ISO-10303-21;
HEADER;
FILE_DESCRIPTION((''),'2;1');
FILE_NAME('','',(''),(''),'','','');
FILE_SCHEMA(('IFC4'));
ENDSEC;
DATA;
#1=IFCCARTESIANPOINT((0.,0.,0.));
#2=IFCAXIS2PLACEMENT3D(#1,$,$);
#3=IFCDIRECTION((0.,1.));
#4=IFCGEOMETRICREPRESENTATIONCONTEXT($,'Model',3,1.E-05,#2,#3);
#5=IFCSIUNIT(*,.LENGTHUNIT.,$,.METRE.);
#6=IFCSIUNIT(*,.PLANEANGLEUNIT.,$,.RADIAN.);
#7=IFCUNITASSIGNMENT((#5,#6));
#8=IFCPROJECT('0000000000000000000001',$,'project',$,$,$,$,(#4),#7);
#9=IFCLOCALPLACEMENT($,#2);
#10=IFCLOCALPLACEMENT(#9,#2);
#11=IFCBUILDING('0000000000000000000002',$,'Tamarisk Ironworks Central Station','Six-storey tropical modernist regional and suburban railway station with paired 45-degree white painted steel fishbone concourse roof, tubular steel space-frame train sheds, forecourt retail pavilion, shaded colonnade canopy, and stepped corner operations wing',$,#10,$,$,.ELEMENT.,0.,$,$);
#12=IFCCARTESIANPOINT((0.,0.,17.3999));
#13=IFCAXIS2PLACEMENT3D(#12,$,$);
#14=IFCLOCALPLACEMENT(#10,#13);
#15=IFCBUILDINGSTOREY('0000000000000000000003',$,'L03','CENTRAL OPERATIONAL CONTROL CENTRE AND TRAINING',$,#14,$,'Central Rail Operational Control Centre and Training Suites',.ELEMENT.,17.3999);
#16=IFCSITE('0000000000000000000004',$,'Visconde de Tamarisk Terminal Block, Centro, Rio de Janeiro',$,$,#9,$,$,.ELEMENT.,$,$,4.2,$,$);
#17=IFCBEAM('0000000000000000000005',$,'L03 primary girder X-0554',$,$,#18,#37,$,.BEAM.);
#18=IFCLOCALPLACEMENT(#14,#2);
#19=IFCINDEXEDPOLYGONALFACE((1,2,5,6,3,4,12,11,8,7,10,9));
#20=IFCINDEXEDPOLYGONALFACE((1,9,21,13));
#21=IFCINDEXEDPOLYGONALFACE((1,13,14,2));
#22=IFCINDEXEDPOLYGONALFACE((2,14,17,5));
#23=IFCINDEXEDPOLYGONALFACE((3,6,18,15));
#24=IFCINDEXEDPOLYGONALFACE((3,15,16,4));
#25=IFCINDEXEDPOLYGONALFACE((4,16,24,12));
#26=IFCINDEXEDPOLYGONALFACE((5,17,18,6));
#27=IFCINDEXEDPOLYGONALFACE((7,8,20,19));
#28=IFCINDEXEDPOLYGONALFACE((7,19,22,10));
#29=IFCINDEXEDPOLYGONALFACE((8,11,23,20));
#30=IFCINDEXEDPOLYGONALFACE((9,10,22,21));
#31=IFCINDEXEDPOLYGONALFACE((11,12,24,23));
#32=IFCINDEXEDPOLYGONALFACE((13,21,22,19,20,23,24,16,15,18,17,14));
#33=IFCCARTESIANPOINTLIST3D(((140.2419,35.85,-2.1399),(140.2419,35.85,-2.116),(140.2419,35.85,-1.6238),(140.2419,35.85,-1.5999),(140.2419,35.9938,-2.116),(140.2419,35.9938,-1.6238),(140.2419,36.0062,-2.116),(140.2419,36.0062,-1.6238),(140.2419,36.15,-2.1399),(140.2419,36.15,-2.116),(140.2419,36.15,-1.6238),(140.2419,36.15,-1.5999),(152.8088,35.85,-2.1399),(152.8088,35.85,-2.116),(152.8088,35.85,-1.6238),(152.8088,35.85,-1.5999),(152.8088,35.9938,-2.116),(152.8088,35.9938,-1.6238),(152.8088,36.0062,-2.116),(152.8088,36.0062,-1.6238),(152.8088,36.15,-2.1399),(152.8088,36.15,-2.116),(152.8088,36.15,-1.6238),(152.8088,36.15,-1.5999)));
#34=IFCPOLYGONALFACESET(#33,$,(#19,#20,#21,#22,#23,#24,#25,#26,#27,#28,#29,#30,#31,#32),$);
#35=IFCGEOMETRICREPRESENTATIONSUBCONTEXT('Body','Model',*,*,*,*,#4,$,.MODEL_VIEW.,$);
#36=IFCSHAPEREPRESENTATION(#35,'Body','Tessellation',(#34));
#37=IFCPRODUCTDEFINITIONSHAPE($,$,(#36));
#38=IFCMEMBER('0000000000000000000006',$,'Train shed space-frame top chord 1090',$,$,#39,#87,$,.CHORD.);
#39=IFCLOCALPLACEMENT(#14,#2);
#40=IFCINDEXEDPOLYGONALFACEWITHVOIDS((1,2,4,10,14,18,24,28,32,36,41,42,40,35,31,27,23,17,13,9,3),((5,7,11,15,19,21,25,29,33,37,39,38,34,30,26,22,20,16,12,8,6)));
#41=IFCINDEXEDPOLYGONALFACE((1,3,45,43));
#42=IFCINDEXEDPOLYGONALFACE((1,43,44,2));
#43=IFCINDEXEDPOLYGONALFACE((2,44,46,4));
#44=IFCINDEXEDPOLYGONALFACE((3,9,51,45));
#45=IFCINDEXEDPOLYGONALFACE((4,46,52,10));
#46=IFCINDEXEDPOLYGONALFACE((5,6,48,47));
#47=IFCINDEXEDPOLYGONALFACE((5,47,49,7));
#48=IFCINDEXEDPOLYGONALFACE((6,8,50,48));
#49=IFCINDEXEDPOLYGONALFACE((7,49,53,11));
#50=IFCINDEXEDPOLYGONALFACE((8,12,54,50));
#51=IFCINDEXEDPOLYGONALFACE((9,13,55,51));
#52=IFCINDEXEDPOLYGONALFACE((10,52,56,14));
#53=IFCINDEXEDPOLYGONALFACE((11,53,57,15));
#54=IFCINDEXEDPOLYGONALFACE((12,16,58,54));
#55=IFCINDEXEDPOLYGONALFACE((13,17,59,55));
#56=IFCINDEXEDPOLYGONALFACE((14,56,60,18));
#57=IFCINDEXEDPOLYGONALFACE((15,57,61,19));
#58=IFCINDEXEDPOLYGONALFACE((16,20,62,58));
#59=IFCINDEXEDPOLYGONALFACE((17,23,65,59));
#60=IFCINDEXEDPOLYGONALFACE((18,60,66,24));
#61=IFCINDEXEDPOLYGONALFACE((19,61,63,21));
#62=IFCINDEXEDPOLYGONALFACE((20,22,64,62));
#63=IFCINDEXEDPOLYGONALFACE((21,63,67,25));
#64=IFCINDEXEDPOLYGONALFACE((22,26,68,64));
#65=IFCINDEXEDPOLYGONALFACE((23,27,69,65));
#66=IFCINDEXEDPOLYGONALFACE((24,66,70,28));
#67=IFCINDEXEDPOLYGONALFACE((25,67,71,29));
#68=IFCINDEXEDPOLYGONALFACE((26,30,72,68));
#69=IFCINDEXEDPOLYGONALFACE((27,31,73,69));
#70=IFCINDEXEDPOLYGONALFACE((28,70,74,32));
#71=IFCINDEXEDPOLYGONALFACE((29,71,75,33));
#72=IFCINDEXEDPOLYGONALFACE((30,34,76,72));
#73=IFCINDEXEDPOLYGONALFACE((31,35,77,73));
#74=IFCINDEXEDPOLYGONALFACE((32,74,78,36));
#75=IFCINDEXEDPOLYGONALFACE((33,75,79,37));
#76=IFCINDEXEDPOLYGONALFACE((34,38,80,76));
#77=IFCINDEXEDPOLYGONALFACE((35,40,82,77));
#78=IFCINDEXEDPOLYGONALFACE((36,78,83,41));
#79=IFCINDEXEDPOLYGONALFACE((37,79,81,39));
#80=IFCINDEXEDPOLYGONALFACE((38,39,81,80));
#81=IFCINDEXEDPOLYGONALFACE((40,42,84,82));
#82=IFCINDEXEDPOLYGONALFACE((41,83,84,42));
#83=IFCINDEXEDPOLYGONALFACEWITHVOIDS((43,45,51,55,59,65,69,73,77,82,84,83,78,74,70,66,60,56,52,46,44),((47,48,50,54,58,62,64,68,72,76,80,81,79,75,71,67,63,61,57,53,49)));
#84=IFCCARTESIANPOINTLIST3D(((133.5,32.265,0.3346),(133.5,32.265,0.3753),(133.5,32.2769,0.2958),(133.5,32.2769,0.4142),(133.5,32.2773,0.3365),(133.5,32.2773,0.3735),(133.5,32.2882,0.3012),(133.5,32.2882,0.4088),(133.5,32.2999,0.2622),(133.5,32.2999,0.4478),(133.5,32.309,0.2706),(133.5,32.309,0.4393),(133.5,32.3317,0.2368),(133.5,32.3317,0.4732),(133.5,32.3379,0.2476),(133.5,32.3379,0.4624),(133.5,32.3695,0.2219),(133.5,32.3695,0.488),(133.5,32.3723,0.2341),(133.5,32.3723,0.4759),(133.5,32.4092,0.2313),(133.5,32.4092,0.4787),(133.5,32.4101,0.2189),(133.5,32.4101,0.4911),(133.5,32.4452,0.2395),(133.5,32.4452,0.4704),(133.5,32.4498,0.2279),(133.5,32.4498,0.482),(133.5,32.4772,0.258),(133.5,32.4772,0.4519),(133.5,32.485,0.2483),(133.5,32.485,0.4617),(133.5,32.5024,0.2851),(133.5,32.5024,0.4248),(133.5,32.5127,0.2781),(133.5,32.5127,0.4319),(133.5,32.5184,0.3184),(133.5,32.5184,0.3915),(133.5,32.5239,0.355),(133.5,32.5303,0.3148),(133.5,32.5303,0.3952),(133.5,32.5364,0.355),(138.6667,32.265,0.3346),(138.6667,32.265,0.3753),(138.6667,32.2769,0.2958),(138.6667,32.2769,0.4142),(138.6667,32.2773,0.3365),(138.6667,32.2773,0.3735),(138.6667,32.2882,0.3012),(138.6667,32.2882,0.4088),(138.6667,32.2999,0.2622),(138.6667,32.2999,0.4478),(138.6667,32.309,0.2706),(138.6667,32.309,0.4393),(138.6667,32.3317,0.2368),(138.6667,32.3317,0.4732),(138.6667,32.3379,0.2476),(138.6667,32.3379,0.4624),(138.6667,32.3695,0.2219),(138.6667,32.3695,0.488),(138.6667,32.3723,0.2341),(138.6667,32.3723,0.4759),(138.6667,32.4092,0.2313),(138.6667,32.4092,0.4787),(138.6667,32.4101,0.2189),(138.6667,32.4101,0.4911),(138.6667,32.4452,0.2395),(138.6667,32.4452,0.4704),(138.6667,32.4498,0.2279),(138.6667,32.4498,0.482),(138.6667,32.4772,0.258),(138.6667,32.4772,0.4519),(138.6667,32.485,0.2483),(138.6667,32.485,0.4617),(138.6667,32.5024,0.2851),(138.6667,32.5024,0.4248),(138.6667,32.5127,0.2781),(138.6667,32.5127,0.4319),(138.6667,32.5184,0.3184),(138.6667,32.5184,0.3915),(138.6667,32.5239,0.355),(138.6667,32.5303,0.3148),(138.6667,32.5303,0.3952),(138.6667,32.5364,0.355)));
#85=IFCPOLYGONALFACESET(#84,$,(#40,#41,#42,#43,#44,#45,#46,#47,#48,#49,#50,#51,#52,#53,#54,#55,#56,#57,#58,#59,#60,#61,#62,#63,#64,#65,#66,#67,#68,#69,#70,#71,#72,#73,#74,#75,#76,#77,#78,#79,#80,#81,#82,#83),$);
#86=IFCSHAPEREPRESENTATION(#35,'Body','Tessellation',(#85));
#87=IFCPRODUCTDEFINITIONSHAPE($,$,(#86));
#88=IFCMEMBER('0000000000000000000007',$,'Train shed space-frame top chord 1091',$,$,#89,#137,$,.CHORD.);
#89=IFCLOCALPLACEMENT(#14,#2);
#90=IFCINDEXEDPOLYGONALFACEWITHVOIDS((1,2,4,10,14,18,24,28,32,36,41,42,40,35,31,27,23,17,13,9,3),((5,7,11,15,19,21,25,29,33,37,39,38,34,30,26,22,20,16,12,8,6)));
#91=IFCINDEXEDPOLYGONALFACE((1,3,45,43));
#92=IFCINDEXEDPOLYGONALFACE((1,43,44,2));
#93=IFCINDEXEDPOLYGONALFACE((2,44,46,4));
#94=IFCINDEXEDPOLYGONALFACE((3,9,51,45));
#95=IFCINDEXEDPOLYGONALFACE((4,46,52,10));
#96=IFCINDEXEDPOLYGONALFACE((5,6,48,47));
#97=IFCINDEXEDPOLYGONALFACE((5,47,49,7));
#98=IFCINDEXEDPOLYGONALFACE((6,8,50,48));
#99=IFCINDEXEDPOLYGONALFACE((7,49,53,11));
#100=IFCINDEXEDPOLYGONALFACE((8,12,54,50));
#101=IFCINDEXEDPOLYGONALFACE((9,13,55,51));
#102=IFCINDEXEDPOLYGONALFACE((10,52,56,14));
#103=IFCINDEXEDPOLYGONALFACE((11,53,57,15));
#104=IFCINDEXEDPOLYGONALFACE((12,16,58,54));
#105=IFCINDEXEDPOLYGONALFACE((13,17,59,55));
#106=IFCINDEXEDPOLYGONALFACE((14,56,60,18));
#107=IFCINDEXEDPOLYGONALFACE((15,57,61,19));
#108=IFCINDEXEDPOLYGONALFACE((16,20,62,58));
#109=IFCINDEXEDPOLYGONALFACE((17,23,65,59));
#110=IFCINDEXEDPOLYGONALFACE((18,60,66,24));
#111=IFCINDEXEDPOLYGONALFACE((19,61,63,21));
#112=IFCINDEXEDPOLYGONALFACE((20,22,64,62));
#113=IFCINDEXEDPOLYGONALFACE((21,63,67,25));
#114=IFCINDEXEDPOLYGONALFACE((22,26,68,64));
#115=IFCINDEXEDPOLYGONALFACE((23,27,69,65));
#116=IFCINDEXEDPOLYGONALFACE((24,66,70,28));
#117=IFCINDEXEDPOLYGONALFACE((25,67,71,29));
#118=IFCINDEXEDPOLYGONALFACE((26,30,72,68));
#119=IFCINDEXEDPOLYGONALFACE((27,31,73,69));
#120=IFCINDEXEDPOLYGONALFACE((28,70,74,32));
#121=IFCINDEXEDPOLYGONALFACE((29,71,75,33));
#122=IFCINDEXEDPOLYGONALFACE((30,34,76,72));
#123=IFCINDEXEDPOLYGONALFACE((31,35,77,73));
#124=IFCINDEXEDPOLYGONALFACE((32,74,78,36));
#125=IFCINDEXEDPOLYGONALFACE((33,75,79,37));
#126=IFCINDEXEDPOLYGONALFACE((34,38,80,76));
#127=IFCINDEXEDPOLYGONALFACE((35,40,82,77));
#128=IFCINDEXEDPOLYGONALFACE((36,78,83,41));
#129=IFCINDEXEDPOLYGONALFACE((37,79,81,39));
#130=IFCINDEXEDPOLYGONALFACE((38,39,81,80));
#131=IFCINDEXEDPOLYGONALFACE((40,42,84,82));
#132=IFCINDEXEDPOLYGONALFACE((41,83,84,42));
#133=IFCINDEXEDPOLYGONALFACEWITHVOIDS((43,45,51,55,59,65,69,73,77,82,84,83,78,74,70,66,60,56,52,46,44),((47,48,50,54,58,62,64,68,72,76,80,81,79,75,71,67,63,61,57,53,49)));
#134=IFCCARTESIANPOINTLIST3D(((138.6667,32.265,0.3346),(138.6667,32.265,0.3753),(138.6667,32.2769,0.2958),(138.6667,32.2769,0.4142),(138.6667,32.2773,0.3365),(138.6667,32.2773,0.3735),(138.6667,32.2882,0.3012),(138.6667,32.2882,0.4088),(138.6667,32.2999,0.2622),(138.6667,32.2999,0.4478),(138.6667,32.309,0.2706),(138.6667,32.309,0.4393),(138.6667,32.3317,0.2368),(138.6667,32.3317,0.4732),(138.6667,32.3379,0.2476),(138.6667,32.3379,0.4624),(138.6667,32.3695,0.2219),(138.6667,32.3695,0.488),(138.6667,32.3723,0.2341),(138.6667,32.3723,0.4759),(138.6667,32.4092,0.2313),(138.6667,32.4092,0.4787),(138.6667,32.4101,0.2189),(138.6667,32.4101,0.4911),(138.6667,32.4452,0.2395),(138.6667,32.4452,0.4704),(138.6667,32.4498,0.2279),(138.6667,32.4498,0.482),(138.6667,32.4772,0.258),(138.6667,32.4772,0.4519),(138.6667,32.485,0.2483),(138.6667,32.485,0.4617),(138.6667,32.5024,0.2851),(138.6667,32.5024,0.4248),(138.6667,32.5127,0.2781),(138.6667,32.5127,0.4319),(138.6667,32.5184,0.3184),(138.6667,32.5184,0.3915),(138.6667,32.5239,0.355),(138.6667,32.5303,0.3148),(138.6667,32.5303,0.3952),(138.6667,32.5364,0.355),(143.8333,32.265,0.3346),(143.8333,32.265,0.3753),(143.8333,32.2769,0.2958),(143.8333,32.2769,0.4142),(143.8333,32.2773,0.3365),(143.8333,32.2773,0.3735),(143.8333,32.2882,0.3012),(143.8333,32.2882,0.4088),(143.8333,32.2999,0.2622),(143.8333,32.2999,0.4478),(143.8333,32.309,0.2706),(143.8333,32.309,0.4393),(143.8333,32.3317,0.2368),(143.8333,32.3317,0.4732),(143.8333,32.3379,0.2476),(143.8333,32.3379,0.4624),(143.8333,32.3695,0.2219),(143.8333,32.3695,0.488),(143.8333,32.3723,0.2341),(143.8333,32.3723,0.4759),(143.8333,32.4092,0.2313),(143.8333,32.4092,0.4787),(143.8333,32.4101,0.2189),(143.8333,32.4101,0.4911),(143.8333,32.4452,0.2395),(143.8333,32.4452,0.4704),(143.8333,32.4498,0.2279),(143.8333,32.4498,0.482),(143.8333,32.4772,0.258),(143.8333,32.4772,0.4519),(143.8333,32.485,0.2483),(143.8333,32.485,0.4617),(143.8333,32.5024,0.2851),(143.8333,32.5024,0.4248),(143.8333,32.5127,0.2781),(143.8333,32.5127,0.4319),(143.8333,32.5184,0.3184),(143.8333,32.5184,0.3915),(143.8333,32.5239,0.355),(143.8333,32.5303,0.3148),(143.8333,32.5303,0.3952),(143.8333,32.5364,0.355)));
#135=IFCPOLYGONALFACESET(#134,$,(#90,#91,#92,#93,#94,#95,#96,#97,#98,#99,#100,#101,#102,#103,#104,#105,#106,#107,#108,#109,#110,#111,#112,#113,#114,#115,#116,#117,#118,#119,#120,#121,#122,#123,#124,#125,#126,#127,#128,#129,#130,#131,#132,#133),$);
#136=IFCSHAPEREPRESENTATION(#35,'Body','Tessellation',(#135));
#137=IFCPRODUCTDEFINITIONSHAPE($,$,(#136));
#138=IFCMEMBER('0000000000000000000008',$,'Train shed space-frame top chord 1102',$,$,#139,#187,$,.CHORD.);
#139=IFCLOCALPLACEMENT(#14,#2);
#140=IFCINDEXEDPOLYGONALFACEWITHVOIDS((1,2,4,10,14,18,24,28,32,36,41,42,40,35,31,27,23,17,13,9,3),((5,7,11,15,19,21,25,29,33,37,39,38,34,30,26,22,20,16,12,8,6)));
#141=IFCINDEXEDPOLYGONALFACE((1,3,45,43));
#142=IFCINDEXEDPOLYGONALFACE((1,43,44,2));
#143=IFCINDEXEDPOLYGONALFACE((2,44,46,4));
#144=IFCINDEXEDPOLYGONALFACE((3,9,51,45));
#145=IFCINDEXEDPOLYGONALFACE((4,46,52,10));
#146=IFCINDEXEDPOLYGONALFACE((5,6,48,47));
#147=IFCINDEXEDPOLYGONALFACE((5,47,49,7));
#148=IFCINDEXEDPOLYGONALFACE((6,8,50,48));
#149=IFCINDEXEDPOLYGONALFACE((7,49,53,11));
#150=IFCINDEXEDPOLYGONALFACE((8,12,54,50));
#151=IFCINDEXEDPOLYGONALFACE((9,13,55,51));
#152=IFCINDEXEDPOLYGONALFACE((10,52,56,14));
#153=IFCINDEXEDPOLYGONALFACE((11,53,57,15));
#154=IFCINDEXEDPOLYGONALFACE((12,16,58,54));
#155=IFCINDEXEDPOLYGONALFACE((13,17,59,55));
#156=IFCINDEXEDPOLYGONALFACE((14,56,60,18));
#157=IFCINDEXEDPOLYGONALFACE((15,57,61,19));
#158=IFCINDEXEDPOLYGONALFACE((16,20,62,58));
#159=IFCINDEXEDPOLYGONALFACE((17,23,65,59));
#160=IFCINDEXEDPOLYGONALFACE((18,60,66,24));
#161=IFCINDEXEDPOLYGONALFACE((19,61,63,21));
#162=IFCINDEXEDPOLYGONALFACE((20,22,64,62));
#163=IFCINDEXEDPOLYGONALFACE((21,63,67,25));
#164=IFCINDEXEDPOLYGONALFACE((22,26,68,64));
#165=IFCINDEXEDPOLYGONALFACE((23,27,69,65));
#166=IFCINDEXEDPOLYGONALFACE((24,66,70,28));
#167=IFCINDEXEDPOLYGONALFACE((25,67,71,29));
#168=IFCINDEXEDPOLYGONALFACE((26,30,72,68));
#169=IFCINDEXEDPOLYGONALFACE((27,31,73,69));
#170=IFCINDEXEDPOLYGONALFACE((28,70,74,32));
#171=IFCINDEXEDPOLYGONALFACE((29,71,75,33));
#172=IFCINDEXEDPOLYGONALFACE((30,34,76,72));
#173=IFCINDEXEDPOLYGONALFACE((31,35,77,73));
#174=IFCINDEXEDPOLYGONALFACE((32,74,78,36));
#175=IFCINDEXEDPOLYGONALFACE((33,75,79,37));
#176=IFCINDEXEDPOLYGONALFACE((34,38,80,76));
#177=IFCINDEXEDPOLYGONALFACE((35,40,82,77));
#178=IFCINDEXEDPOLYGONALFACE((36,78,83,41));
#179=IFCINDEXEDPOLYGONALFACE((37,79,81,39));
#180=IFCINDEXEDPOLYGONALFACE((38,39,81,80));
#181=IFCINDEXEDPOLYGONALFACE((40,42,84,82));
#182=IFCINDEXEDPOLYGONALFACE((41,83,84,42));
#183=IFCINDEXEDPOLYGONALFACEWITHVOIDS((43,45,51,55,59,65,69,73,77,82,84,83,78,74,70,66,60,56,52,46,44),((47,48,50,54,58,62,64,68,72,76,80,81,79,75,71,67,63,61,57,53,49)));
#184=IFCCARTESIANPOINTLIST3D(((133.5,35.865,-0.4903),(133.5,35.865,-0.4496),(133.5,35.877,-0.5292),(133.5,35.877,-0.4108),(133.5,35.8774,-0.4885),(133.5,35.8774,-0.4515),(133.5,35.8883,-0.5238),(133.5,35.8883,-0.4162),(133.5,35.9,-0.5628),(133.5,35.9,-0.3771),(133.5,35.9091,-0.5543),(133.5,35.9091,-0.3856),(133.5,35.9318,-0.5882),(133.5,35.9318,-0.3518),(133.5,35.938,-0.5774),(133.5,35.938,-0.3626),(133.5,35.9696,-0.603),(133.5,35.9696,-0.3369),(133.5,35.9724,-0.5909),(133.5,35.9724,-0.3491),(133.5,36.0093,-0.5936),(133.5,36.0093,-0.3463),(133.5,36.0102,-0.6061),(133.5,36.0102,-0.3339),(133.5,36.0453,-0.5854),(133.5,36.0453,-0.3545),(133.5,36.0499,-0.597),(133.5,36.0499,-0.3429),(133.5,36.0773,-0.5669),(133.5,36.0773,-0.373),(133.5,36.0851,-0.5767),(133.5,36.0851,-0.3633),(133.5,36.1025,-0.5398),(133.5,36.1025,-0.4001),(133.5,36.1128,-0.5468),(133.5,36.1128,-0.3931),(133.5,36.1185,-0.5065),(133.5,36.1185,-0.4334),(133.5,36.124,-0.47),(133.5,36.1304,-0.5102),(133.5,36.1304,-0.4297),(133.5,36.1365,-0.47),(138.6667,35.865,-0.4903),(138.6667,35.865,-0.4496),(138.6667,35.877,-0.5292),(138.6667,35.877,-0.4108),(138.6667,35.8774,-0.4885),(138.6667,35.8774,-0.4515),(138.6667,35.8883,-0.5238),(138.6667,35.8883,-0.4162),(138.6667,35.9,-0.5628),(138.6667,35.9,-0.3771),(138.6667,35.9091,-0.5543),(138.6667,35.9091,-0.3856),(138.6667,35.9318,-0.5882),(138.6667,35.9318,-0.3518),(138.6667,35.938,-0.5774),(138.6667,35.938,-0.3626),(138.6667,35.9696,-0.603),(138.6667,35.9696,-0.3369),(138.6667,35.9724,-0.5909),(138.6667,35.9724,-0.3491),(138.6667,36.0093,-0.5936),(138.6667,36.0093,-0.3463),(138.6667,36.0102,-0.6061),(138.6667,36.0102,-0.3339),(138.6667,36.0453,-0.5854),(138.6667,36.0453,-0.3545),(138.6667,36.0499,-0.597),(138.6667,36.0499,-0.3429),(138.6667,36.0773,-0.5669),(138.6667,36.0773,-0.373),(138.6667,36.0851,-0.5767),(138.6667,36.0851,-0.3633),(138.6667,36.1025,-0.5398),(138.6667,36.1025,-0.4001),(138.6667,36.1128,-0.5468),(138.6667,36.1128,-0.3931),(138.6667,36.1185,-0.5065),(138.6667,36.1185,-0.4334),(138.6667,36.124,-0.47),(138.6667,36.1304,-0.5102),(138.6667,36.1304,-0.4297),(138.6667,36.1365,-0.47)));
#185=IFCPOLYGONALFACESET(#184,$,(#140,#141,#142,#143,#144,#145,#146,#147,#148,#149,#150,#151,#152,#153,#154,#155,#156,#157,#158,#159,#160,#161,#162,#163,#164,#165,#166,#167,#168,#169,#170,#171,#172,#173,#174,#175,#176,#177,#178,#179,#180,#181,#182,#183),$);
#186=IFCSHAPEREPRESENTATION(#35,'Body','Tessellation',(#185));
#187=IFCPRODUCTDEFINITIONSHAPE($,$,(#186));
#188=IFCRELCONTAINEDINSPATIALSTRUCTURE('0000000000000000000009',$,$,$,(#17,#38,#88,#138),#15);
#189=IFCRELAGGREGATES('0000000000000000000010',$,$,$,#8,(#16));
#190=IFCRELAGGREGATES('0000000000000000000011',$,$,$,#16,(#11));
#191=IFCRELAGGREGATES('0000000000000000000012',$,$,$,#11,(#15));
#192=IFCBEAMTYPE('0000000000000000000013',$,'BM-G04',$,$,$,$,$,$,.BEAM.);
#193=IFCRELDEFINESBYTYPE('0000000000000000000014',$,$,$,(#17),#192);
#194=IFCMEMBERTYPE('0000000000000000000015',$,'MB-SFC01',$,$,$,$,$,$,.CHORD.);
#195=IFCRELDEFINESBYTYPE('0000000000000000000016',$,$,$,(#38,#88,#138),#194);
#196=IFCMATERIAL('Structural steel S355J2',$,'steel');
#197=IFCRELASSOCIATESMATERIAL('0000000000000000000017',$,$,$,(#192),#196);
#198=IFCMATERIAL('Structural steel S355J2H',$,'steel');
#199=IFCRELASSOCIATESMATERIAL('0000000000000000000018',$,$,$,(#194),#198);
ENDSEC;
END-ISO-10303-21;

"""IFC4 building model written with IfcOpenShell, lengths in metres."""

from ifc_helpers import new_model, si_unit, direction, frame, origin, origin_2d, place, context, subcontext, project, spatial, hollow_circle, i_section, extrude, material, material_profile, profile_set, type_object, element, save


model = new_model("IFC4")

# Units and contexts
model_context = context("Model", 3, precision=1e-05, world=origin(), true_north=direction((0.0, 1.0)))
body_context = subcontext(model_context, "Body", "Model", "MODEL_VIEW")
ifc_project = project(units=[si_unit("LENGTHUNIT", "METRE"), si_unit("PLANEANGLEUNIT", "RADIAN")], contexts=[model_context])

# Site, building, storey
site_placement = place(None, origin())
site = spatial("IfcSite", under=ifc_project, at=site_placement, Name="Visconde de Tamarisk Terminal Block, Centro, Rio de Janeiro", CompositionType="ELEMENT", RefElevation=4.2)
building_placement = place(site_placement, origin())
building = spatial("IfcBuilding", under=site, at=building_placement, Name="Tamarisk Ironworks Central Station", Description="Six-storey tropical modernist regional and suburban railway station with paired 45-degree white painted steel fishbone concourse roof, tubular steel space-frame train sheds, forecourt retail pavilion, shaded colonnade canopy, and stepped corner operations wing", CompositionType="ELEMENT", ElevationOfRefHeight=0.0)
storey_placement = place(building_placement, frame((0.0, 0.0, 17.3999)))
storey = spatial("IfcBuildingStorey", under=building, at=storey_placement, Name="L03", Description="CENTRAL OPERATIONAL CONTROL CENTRE AND TRAINING", LongName="Central Rail Operational Control Centre and Training Suites", CompositionType="ELEMENT", Elevation=17.3999)

# Beam
ifc_material_1 = material(Name="Structural steel S355J2", Category="steel")
ifc_material_profile_1 = material_profile(ifc_material_1, i_section(OverallWidth=0.3, OverallDepth=0.54, WebThickness=0.0125, FlangeThickness=0.0239, at=origin_2d()), Name="HEA 550")
ifc_profile_set_1 = profile_set([ifc_material_profile_1], Name="Structural steel S355J2")
beam_type = type_object("IfcBeamType", Name="BM-G04", PredefinedType="BEAM", material=ifc_profile_set_1)
beam_placement = place(storey_placement, frame((140.2419, 36.0, -1.8699), z_axis=(1.0, 0.0, 0.0), x_axis=(0.0, 1.0, 0.0)))
element("IfcBeam", 1, at=beam_placement, inside=storey, type_object=beam_type, Name="L03 primary girder X-0554", PredefinedType="BEAM", context=body_context, shape_type="SweptSolid", body=[
    extrude(i_section(OverallWidth=0.3, OverallDepth=0.54, WebThickness=0.0125, FlangeThickness=0.0239, at=origin_2d()), origin(), (0.0, 0.0, 1.0), 12.5669),
])

# Members
ifc_material_2 = material(Name="Structural steel S355J2H", Category="steel")
ifc_material_profile_2 = material_profile(ifc_material_2, hollow_circle(Radius=0.1365, WallThickness=0.0125, at=origin_2d()), Name="CHS 273x12.5")
ifc_profile_set_2 = profile_set([ifc_material_profile_2], Name="Structural steel S355J2H")
member_type_1 = type_object("IfcMemberType", Name="MB-SFC01", PredefinedType="CHORD", material=ifc_profile_set_2)
member_1_placement = place(storey_placement, frame((133.5, 32.3999, 0.355), z_axis=(1.0, 0.0, 0.0), x_axis=(0.0, 1.0, 0.0)))
element("IfcMember", 2, at=member_1_placement, inside=storey, type_object=member_type_1, Name="Train shed space-frame top chord 1090", PredefinedType="CHORD", context=body_context, shape_type="SweptSolid", body=[
    extrude(hollow_circle(Radius=0.1365, WallThickness=0.0125, at=origin_2d()), origin(), (0.0, 0.0, 1.0), 5.1667),
])
member_2_placement = place(storey_placement, frame((138.6667, 32.3999, 0.355), z_axis=(1.0, 0.0, 0.0), x_axis=(0.0, 1.0, 0.0)))
element("IfcMember", 3, at=member_2_placement, inside=storey, type_object=member_type_1, Name="Train shed space-frame top chord 1091", PredefinedType="CHORD", context=body_context, shape_type="SweptSolid", body=[
    extrude(hollow_circle(Radius=0.1365, WallThickness=0.0125, at=origin_2d()), origin(), (0.0, 0.0, 1.0), 5.1665),
])
member_3_placement = place(storey_placement, frame((133.5, 36.0, -0.47), z_axis=(1.0, 0.0, 0.0), x_axis=(0.0, 1.0, 0.0)))
element("IfcMember", 4, at=member_3_placement, inside=storey, type_object=member_type_1, Name="Train shed space-frame top chord 1102", PredefinedType="CHORD", context=body_context, shape_type="SweptSolid", body=[
    extrude(hollow_circle(Radius=0.1365, WallThickness=0.0125, at=origin_2d()), origin(), (0.0, 0.0, 1.0), 5.1667),
])

save(model, "model.ifc")
